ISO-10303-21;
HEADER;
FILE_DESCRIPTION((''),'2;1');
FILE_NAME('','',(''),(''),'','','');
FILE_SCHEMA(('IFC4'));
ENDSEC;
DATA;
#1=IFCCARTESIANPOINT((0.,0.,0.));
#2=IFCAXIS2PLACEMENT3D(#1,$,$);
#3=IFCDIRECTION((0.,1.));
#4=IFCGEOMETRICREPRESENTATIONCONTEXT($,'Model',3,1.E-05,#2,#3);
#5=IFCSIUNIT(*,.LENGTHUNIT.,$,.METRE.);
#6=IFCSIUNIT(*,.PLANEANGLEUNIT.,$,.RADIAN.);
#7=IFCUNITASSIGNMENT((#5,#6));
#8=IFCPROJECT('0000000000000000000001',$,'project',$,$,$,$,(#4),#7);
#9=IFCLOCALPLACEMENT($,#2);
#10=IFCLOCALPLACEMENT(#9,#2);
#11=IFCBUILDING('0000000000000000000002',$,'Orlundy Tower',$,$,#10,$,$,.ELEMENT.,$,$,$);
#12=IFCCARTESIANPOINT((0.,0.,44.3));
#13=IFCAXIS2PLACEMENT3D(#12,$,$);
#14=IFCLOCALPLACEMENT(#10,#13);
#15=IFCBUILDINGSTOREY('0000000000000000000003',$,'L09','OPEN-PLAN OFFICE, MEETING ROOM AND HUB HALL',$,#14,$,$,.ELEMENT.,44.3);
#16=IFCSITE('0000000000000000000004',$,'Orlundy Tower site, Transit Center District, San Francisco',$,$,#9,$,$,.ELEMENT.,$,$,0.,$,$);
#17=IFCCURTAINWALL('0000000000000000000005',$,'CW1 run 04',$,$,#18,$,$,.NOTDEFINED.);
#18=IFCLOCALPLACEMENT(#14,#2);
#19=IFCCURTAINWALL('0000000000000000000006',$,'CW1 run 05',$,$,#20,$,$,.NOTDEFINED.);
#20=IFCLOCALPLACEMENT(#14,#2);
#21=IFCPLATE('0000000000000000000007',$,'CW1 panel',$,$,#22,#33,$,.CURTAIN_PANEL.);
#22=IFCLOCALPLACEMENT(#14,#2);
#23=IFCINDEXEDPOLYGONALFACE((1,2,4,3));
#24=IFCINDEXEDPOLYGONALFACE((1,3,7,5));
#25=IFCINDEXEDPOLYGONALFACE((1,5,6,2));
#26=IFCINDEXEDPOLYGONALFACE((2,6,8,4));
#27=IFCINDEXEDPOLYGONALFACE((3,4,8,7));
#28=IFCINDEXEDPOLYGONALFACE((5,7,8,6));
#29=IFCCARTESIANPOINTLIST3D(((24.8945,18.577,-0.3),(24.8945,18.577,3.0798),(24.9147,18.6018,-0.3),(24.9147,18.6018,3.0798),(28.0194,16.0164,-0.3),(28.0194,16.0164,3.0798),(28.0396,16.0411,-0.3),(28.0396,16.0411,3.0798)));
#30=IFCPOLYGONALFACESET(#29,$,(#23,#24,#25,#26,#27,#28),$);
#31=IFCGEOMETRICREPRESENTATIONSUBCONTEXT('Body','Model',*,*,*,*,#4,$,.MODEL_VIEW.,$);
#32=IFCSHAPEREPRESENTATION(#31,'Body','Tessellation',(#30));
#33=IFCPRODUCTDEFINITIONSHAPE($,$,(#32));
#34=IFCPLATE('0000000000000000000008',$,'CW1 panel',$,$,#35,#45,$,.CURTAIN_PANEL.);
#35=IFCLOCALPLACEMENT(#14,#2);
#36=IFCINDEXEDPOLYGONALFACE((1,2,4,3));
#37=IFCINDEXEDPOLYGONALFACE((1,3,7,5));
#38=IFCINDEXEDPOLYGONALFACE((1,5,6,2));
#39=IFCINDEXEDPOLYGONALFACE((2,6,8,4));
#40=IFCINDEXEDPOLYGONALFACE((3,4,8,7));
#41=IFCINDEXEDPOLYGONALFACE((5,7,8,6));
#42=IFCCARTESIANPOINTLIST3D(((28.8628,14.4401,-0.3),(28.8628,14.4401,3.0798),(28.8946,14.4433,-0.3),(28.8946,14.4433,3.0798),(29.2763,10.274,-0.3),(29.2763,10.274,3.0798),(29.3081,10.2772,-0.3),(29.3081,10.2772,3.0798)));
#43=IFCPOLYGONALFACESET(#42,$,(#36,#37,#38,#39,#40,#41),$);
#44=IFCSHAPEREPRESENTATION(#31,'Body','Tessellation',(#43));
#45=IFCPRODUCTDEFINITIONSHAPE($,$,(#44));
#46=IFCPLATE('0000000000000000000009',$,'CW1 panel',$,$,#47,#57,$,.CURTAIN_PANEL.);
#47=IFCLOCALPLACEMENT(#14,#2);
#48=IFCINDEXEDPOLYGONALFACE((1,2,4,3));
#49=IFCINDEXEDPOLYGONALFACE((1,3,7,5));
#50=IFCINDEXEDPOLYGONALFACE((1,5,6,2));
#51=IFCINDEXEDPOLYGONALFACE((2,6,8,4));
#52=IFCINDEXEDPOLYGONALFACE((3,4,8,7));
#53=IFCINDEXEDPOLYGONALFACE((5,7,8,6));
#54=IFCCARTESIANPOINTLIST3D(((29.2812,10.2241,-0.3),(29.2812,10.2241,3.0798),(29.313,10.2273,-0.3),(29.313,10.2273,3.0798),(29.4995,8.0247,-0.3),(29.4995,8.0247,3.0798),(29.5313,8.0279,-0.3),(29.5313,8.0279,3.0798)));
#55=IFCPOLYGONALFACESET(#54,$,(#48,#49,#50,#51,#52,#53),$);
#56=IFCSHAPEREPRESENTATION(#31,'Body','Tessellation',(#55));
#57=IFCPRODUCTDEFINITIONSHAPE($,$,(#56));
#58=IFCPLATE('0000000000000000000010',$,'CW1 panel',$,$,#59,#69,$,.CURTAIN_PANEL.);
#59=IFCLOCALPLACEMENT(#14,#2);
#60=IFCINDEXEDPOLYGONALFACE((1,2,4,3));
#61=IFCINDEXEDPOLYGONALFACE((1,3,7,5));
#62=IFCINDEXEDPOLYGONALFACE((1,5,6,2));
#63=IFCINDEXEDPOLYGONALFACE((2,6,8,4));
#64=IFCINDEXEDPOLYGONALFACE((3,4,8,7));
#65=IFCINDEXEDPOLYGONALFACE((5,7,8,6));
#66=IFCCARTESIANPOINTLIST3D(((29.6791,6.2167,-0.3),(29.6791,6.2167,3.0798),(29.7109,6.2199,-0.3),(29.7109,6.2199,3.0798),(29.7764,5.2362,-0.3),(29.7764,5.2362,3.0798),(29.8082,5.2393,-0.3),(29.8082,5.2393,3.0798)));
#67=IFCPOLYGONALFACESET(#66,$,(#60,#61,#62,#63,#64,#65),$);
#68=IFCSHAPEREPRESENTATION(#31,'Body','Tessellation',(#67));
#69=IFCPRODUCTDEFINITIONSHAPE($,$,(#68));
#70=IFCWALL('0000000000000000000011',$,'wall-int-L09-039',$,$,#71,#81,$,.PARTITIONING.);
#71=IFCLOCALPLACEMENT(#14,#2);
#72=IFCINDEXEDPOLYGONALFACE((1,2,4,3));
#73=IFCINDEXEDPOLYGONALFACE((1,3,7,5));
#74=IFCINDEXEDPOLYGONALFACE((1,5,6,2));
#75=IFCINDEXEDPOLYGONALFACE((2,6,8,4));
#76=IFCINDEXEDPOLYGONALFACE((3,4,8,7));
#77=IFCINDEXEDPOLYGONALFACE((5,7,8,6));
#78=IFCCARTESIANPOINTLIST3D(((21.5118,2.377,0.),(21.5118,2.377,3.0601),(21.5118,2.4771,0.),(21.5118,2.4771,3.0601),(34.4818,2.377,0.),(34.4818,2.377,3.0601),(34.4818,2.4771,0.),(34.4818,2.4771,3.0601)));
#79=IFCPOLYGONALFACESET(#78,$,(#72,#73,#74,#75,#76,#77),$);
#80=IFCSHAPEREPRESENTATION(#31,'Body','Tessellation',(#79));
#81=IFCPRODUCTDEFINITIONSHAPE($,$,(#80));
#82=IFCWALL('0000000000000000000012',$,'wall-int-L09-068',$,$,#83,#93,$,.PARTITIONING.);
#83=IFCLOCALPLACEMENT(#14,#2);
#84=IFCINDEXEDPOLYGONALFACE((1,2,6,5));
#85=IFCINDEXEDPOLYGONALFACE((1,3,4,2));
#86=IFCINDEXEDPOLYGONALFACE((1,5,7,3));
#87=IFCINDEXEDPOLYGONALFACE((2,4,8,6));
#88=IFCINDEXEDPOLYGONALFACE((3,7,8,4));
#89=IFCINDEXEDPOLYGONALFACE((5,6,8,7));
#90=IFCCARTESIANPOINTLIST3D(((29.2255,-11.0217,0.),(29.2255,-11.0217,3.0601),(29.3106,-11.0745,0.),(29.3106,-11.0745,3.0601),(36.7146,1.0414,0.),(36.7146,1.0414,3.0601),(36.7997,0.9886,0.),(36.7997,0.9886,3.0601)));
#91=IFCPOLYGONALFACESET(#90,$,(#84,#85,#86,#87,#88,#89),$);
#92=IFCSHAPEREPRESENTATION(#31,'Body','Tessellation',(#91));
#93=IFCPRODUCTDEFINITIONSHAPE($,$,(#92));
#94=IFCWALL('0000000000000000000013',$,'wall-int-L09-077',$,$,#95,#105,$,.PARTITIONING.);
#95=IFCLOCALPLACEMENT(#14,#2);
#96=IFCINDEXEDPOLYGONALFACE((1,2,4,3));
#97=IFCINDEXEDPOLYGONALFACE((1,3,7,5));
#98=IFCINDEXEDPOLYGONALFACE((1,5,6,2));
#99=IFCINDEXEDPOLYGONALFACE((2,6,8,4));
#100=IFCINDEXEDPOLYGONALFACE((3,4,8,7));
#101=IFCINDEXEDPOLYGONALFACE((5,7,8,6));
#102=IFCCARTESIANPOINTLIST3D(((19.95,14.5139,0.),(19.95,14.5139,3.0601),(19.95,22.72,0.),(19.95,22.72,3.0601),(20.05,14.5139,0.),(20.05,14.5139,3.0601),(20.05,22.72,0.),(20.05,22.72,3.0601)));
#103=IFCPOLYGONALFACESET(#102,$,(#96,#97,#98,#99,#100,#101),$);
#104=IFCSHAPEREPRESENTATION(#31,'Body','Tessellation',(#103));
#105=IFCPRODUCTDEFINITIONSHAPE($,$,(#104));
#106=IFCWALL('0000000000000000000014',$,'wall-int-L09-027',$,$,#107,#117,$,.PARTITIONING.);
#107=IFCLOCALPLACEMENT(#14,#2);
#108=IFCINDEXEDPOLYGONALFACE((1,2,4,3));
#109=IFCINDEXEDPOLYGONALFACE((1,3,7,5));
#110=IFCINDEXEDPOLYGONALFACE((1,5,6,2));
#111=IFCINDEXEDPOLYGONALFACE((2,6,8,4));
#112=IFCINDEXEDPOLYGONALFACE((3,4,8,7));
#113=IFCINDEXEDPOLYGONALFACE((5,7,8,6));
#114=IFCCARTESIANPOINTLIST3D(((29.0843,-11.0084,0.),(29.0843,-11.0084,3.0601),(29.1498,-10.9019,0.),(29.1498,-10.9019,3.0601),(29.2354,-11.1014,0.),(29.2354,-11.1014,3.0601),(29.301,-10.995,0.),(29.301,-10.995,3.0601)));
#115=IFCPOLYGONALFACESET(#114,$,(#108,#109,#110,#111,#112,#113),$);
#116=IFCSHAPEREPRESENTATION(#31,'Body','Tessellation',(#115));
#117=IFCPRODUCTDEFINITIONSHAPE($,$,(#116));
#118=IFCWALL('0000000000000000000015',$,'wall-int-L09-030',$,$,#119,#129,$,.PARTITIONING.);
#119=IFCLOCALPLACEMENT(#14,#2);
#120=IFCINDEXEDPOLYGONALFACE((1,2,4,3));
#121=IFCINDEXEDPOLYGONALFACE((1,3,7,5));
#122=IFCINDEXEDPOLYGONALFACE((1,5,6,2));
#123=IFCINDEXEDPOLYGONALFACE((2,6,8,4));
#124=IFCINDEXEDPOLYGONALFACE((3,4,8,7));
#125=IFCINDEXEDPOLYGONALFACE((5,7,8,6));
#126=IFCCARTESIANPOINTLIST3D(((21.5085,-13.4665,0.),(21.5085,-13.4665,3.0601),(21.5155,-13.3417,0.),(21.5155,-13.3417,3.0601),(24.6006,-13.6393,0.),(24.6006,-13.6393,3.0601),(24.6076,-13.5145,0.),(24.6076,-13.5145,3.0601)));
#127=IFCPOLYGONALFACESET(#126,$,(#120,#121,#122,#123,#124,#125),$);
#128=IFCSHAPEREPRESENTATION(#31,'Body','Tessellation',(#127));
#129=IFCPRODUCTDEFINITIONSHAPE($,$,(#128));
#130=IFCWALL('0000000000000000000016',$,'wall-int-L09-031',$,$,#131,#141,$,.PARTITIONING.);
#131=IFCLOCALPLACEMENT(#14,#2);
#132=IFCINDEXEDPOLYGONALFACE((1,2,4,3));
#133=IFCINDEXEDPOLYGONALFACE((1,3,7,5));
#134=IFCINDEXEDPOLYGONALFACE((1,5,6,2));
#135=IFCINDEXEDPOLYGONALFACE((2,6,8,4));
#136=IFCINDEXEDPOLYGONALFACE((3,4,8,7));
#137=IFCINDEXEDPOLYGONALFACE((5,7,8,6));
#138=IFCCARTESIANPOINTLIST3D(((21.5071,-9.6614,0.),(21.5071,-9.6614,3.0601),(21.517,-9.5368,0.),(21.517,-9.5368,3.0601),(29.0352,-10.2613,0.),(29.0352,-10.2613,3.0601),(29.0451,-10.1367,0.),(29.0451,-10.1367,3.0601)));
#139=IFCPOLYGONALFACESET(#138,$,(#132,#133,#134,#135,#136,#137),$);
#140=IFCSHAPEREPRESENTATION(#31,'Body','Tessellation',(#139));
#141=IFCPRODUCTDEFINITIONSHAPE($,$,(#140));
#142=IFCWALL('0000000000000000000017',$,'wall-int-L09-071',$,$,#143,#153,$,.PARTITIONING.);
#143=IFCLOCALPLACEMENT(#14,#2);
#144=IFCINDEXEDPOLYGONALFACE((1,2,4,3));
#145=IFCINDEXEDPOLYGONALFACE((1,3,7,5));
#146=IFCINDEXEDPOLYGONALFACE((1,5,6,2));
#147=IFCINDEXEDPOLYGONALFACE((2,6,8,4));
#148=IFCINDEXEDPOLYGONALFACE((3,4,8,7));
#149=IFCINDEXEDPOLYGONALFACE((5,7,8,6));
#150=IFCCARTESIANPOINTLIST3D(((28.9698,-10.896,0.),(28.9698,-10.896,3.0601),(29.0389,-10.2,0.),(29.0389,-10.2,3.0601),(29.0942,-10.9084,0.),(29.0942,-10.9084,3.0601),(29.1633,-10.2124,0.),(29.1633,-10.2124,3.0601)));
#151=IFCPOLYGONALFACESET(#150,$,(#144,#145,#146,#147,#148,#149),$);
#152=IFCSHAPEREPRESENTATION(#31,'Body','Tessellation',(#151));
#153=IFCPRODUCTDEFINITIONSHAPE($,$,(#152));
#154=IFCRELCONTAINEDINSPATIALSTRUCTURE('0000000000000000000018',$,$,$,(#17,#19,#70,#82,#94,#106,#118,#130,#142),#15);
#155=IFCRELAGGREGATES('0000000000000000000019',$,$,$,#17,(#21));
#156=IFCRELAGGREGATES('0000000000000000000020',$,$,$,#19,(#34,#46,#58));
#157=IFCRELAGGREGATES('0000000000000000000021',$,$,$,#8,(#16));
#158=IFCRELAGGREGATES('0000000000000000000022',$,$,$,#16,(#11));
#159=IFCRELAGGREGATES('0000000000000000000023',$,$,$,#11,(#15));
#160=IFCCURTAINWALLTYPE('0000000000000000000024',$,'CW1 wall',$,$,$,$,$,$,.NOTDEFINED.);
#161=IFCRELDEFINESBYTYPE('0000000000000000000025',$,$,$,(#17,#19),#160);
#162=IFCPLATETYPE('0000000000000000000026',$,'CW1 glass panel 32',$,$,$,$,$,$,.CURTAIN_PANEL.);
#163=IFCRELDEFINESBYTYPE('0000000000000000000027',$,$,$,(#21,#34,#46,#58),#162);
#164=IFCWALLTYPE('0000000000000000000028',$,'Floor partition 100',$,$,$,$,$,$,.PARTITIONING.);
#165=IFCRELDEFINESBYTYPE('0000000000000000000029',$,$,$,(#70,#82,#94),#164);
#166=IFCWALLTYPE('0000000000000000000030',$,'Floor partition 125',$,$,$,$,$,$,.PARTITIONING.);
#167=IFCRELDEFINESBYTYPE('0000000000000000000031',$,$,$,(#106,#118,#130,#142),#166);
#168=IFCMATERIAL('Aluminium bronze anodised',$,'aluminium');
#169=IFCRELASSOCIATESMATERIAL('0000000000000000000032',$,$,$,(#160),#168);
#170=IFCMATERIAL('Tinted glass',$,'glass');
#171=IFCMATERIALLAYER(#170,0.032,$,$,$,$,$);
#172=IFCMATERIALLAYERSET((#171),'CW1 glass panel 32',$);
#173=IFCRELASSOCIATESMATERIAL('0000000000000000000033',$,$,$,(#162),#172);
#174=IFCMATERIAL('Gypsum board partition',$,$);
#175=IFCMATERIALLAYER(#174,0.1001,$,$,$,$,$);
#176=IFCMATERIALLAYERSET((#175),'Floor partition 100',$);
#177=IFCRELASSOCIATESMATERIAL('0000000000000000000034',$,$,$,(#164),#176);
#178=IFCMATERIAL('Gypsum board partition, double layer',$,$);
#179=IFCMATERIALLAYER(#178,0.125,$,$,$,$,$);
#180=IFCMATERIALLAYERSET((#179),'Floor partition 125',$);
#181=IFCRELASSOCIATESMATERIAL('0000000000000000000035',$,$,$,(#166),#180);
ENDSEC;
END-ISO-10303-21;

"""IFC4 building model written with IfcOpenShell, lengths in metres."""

from ifc_helpers import new_model, si_unit, direction, frame, frame_2d, origin, origin_2d, place, context, subcontext, project, spatial, rectangle, extrude, material, layer, layer_set, type_object, element, aggregate, save


model = new_model("IFC4")

# Units and contexts
model_context = context("Model", 3, precision=1e-05, world=origin(), true_north=direction((0.0, 1.0)))
body_context = subcontext(model_context, "Body", "Model", "MODEL_VIEW")
ifc_project = project(units=[si_unit("LENGTHUNIT", "METRE"), si_unit("PLANEANGLEUNIT", "RADIAN")], contexts=[model_context])

# Site, building, storey
site_placement = place(None, origin())
site = spatial("IfcSite", under=ifc_project, at=site_placement, Name="Orlundy Tower site, Transit Center District, San Francisco", CompositionType="ELEMENT", RefElevation=0.0)
building_placement = place(site_placement, origin())
building = spatial("IfcBuilding", under=site, at=building_placement, Name="Orlundy Tower", CompositionType="ELEMENT")
storey_placement = place(building_placement, frame((0.0, 0.0, 44.3)))
storey = spatial("IfcBuildingStorey", under=building, at=storey_placement, Name="L09", Description="OPEN-PLAN OFFICE, MEETING ROOM AND HUB HALL", CompositionType="ELEMENT", Elevation=44.3)

# Shared definitions
ifc_material_1 = material(Name="Aluminium bronze anodised", Category="aluminium")
curtain_wall_type = type_object("IfcCurtainWallType", Name="CW1 wall", PredefinedType="NOTDEFINED", material=ifc_material_1)

# Curtain wall
curtain_wall_1_placement = place(storey_placement, origin())
curtain_wall_1 = element("IfcCurtainWall", 1, at=curtain_wall_1_placement, inside=storey, type_object=curtain_wall_type, Name="CW1 run 04", PredefinedType="NOTDEFINED")

# Curtain wall
curtain_wall_2_placement = place(storey_placement, origin())
curtain_wall_2 = element("IfcCurtainWall", 2, at=curtain_wall_2_placement, inside=storey, type_object=curtain_wall_type, Name="CW1 run 05", PredefinedType="NOTDEFINED")

# Plates
ifc_material_2 = material(Name="Tinted glass", Category="glass")
ifc_layer_1 = layer(ifc_material_2, 0.032)
ifc_layer_set_1 = layer_set([ifc_layer_1], Name="CW1 glass panel 32")
plate_type = type_object("IfcPlateType", Name="CW1 glass panel 32", PredefinedType="CURTAIN_PANEL", material=ifc_layer_set_1)
plate_1_placement = place(storey_placement, frame((26.467, 17.3091, -0.3), z_axis=(0.0, 0.0, 1.0), x_axis=(0.773482, -0.633818, 0.0)))
plate_1 = element("IfcPlate", 3, at=plate_1_placement, type_object=plate_type, Name="CW1 panel", PredefinedType="CURTAIN_PANEL", context=body_context, shape_type="SweptSolid", body=[
    extrude(rectangle(XDim=4.04, YDim=0.032, at=origin_2d()), origin(), (0.0, 0.0, 1.0), 3.3799),
])
aggregate(curtain_wall_1, [plate_1])
plate_2_placement = place(storey_placement, frame((29.0854, 12.3586, -0.3), z_axis=(0.0, 0.0, 1.0), x_axis=(0.098759, -0.995111, 0.0)))
plate_2 = element("IfcPlate", 4, at=plate_2_placement, type_object=plate_type, Name="CW1 panel", PredefinedType="CURTAIN_PANEL", context=body_context, shape_type="SweptSolid", body=[
    extrude(rectangle(XDim=4.1865, YDim=0.032, at=origin_2d()), origin(), (0.0, 0.0, 1.0), 3.3799),
])
plate_3_placement = place(storey_placement, frame((29.4062, 9.126, -0.3), z_axis=(0.0, 0.0, 1.0), x_axis=(0.098759, -0.995111, 0.0)))
plate_3 = element("IfcPlate", 5, at=plate_3_placement, type_object=plate_type, Name="CW1 panel", PredefinedType="CURTAIN_PANEL", context=body_context, shape_type="SweptSolid", body=[
    extrude(rectangle(XDim=2.2102, YDim=0.032, at=origin_2d()), origin(), (0.0, 0.0, 1.0), 3.3799),
])
plate_4_placement = place(storey_placement, frame((29.7437, 5.728, -0.3), z_axis=(0.0, 0.0, 1.0), x_axis=(0.098759, -0.995111, 0.0)))
plate_4 = element("IfcPlate", 6, at=plate_4_placement, type_object=plate_type, Name="CW1 panel", PredefinedType="CURTAIN_PANEL", context=body_context, shape_type="SweptSolid", body=[
    extrude(rectangle(XDim=0.9854, YDim=0.032, at=origin_2d()), origin(), (0.0, 0.0, 1.0), 3.3799),
])
aggregate(curtain_wall_2, [plate_2, plate_3, plate_4])

# Walls
ifc_material_3 = material(Name="Gypsum board partition")
ifc_layer_2 = layer(ifc_material_3, 0.1001)
ifc_layer_set_2 = layer_set([ifc_layer_2], Name="Floor partition 100")
wall_type_1 = type_object("IfcWallType", Name="Floor partition 100", PredefinedType="PARTITIONING", material=ifc_layer_set_2)
wall_1_placement = place(storey_placement, frame((21.512, 2.427, 0.0), z_axis=(0.0, 0.0, 1.0), x_axis=(1.0, 0.0, 0.0)))
element("IfcWall", 7, at=wall_1_placement, inside=storey, type_object=wall_type_1, Name="wall-int-L09-039", PredefinedType="PARTITIONING", context=body_context, shape_type="SweptSolid", body=[
    extrude(rectangle(XDim=12.97, YDim=0.1001, at=frame_2d((6.4849, 0.0))), origin(), (0.0, 0.0, 1.0), 3.0601),
])
wall_2_placement = place(storey_placement, frame((29.2681, -11.0481, 0.0), z_axis=(0.0, 0.0, 1.0), x_axis=(0.527446, 0.849588, 0.0)))
element("IfcWall", 8, at=wall_2_placement, inside=storey, type_object=wall_type_1, Name="wall-int-L09-068", PredefinedType="PARTITIONING", context=body_context, shape_type="SweptSolid", body=[
    extrude(rectangle(XDim=14.1987, YDim=0.1001, at=frame_2d((7.0994, 0.0))), origin(), (0.0, 0.0, 1.0), 3.0601),
])
wall_3_placement = place(storey_placement, frame((20.0, 14.5139, 0.0), z_axis=(0.0, 0.0, 1.0), x_axis=(0.0, 1.0, 0.0)))
element("IfcWall", 9, at=wall_3_placement, inside=storey, type_object=wall_type_1, Name="wall-int-L09-077", PredefinedType="PARTITIONING", context=body_context, shape_type="SweptSolid", body=[
    extrude(rectangle(XDim=8.2061, YDim=0.1001, at=frame_2d((4.103, 0.0))), origin(), (0.0, 0.0, 1.0), 3.0601),
])
ifc_material_4 = material(Name="Gypsum board partition, double layer")
ifc_layer_3 = layer(ifc_material_4, 0.125)
ifc_layer_set_3 = layer_set([ifc_layer_3], Name="Floor partition 125")
wall_type_2 = type_object("IfcWallType", Name="Floor partition 125", PredefinedType="PARTITIONING", material=ifc_layer_set_3)
wall_4_placement = place(storey_placement, frame((29.1169, -10.9551, 0.0), z_axis=(0.0, 0.0, 1.0), x_axis=(0.851611, -0.524174, 0.0)))
element("IfcWall", 10, at=wall_4_placement, inside=storey, type_object=wall_type_2, Name="wall-int-L09-027", PredefinedType="PARTITIONING", context=body_context, shape_type="SweptSolid", body=[
    extrude(rectangle(XDim=0.1775, YDim=0.125, at=frame_2d((0.0889, 0.0))), origin(), (0.0, 0.0, 1.0), 3.0601),
])
wall_5_placement = place(storey_placement, frame((24.604, -13.5769, 0.0), z_axis=(0.0, 0.0, 1.0), x_axis=(-0.998441, 0.055815, 0.0)))
element("IfcWall", 11, at=wall_5_placement, inside=storey, type_object=wall_type_2, Name="wall-int-L09-030", PredefinedType="PARTITIONING", context=body_context, shape_type="SweptSolid", body=[
    extrude(rectangle(XDim=3.0969, YDim=0.125, at=frame_2d((1.5483, 0.0))), origin(), (0.0, 0.0, 1.0), 3.0601),
])
wall_6_placement = place(storey_placement, frame((29.04, -10.199, 0.0), z_axis=(0.0, 0.0, 1.0), x_axis=(-0.99684, 0.07943, 0.0)))
element("IfcWall", 12, at=wall_6_placement, inside=storey, type_object=wall_type_2, Name="wall-int-L09-031", PredefinedType="PARTITIONING", context=body_context, shape_type="SweptSolid", body=[
    extrude(rectangle(XDim=7.552, YDim=0.125, at=frame_2d((3.7759, 0.0))), origin(), (0.0, 0.0, 1.0), 3.0601),
])
wall_7_placement = place(storey_placement, frame((29.032, -10.9021, 0.0), z_axis=(0.0, 0.0, 1.0), x_axis=(0.098778, 0.995109, 0.0)))
element("IfcWall", 13, at=wall_7_placement, inside=storey, type_object=wall_type_2, Name="wall-int-L09-071", PredefinedType="PARTITIONING", context=body_context, shape_type="SweptSolid", body=[
    extrude(rectangle(XDim=0.6995, YDim=0.125, at=frame_2d((0.3496, 0.0))), origin(), (0.0, 0.0, 1.0), 3.0601),
])

save(model, "model.ifc")
